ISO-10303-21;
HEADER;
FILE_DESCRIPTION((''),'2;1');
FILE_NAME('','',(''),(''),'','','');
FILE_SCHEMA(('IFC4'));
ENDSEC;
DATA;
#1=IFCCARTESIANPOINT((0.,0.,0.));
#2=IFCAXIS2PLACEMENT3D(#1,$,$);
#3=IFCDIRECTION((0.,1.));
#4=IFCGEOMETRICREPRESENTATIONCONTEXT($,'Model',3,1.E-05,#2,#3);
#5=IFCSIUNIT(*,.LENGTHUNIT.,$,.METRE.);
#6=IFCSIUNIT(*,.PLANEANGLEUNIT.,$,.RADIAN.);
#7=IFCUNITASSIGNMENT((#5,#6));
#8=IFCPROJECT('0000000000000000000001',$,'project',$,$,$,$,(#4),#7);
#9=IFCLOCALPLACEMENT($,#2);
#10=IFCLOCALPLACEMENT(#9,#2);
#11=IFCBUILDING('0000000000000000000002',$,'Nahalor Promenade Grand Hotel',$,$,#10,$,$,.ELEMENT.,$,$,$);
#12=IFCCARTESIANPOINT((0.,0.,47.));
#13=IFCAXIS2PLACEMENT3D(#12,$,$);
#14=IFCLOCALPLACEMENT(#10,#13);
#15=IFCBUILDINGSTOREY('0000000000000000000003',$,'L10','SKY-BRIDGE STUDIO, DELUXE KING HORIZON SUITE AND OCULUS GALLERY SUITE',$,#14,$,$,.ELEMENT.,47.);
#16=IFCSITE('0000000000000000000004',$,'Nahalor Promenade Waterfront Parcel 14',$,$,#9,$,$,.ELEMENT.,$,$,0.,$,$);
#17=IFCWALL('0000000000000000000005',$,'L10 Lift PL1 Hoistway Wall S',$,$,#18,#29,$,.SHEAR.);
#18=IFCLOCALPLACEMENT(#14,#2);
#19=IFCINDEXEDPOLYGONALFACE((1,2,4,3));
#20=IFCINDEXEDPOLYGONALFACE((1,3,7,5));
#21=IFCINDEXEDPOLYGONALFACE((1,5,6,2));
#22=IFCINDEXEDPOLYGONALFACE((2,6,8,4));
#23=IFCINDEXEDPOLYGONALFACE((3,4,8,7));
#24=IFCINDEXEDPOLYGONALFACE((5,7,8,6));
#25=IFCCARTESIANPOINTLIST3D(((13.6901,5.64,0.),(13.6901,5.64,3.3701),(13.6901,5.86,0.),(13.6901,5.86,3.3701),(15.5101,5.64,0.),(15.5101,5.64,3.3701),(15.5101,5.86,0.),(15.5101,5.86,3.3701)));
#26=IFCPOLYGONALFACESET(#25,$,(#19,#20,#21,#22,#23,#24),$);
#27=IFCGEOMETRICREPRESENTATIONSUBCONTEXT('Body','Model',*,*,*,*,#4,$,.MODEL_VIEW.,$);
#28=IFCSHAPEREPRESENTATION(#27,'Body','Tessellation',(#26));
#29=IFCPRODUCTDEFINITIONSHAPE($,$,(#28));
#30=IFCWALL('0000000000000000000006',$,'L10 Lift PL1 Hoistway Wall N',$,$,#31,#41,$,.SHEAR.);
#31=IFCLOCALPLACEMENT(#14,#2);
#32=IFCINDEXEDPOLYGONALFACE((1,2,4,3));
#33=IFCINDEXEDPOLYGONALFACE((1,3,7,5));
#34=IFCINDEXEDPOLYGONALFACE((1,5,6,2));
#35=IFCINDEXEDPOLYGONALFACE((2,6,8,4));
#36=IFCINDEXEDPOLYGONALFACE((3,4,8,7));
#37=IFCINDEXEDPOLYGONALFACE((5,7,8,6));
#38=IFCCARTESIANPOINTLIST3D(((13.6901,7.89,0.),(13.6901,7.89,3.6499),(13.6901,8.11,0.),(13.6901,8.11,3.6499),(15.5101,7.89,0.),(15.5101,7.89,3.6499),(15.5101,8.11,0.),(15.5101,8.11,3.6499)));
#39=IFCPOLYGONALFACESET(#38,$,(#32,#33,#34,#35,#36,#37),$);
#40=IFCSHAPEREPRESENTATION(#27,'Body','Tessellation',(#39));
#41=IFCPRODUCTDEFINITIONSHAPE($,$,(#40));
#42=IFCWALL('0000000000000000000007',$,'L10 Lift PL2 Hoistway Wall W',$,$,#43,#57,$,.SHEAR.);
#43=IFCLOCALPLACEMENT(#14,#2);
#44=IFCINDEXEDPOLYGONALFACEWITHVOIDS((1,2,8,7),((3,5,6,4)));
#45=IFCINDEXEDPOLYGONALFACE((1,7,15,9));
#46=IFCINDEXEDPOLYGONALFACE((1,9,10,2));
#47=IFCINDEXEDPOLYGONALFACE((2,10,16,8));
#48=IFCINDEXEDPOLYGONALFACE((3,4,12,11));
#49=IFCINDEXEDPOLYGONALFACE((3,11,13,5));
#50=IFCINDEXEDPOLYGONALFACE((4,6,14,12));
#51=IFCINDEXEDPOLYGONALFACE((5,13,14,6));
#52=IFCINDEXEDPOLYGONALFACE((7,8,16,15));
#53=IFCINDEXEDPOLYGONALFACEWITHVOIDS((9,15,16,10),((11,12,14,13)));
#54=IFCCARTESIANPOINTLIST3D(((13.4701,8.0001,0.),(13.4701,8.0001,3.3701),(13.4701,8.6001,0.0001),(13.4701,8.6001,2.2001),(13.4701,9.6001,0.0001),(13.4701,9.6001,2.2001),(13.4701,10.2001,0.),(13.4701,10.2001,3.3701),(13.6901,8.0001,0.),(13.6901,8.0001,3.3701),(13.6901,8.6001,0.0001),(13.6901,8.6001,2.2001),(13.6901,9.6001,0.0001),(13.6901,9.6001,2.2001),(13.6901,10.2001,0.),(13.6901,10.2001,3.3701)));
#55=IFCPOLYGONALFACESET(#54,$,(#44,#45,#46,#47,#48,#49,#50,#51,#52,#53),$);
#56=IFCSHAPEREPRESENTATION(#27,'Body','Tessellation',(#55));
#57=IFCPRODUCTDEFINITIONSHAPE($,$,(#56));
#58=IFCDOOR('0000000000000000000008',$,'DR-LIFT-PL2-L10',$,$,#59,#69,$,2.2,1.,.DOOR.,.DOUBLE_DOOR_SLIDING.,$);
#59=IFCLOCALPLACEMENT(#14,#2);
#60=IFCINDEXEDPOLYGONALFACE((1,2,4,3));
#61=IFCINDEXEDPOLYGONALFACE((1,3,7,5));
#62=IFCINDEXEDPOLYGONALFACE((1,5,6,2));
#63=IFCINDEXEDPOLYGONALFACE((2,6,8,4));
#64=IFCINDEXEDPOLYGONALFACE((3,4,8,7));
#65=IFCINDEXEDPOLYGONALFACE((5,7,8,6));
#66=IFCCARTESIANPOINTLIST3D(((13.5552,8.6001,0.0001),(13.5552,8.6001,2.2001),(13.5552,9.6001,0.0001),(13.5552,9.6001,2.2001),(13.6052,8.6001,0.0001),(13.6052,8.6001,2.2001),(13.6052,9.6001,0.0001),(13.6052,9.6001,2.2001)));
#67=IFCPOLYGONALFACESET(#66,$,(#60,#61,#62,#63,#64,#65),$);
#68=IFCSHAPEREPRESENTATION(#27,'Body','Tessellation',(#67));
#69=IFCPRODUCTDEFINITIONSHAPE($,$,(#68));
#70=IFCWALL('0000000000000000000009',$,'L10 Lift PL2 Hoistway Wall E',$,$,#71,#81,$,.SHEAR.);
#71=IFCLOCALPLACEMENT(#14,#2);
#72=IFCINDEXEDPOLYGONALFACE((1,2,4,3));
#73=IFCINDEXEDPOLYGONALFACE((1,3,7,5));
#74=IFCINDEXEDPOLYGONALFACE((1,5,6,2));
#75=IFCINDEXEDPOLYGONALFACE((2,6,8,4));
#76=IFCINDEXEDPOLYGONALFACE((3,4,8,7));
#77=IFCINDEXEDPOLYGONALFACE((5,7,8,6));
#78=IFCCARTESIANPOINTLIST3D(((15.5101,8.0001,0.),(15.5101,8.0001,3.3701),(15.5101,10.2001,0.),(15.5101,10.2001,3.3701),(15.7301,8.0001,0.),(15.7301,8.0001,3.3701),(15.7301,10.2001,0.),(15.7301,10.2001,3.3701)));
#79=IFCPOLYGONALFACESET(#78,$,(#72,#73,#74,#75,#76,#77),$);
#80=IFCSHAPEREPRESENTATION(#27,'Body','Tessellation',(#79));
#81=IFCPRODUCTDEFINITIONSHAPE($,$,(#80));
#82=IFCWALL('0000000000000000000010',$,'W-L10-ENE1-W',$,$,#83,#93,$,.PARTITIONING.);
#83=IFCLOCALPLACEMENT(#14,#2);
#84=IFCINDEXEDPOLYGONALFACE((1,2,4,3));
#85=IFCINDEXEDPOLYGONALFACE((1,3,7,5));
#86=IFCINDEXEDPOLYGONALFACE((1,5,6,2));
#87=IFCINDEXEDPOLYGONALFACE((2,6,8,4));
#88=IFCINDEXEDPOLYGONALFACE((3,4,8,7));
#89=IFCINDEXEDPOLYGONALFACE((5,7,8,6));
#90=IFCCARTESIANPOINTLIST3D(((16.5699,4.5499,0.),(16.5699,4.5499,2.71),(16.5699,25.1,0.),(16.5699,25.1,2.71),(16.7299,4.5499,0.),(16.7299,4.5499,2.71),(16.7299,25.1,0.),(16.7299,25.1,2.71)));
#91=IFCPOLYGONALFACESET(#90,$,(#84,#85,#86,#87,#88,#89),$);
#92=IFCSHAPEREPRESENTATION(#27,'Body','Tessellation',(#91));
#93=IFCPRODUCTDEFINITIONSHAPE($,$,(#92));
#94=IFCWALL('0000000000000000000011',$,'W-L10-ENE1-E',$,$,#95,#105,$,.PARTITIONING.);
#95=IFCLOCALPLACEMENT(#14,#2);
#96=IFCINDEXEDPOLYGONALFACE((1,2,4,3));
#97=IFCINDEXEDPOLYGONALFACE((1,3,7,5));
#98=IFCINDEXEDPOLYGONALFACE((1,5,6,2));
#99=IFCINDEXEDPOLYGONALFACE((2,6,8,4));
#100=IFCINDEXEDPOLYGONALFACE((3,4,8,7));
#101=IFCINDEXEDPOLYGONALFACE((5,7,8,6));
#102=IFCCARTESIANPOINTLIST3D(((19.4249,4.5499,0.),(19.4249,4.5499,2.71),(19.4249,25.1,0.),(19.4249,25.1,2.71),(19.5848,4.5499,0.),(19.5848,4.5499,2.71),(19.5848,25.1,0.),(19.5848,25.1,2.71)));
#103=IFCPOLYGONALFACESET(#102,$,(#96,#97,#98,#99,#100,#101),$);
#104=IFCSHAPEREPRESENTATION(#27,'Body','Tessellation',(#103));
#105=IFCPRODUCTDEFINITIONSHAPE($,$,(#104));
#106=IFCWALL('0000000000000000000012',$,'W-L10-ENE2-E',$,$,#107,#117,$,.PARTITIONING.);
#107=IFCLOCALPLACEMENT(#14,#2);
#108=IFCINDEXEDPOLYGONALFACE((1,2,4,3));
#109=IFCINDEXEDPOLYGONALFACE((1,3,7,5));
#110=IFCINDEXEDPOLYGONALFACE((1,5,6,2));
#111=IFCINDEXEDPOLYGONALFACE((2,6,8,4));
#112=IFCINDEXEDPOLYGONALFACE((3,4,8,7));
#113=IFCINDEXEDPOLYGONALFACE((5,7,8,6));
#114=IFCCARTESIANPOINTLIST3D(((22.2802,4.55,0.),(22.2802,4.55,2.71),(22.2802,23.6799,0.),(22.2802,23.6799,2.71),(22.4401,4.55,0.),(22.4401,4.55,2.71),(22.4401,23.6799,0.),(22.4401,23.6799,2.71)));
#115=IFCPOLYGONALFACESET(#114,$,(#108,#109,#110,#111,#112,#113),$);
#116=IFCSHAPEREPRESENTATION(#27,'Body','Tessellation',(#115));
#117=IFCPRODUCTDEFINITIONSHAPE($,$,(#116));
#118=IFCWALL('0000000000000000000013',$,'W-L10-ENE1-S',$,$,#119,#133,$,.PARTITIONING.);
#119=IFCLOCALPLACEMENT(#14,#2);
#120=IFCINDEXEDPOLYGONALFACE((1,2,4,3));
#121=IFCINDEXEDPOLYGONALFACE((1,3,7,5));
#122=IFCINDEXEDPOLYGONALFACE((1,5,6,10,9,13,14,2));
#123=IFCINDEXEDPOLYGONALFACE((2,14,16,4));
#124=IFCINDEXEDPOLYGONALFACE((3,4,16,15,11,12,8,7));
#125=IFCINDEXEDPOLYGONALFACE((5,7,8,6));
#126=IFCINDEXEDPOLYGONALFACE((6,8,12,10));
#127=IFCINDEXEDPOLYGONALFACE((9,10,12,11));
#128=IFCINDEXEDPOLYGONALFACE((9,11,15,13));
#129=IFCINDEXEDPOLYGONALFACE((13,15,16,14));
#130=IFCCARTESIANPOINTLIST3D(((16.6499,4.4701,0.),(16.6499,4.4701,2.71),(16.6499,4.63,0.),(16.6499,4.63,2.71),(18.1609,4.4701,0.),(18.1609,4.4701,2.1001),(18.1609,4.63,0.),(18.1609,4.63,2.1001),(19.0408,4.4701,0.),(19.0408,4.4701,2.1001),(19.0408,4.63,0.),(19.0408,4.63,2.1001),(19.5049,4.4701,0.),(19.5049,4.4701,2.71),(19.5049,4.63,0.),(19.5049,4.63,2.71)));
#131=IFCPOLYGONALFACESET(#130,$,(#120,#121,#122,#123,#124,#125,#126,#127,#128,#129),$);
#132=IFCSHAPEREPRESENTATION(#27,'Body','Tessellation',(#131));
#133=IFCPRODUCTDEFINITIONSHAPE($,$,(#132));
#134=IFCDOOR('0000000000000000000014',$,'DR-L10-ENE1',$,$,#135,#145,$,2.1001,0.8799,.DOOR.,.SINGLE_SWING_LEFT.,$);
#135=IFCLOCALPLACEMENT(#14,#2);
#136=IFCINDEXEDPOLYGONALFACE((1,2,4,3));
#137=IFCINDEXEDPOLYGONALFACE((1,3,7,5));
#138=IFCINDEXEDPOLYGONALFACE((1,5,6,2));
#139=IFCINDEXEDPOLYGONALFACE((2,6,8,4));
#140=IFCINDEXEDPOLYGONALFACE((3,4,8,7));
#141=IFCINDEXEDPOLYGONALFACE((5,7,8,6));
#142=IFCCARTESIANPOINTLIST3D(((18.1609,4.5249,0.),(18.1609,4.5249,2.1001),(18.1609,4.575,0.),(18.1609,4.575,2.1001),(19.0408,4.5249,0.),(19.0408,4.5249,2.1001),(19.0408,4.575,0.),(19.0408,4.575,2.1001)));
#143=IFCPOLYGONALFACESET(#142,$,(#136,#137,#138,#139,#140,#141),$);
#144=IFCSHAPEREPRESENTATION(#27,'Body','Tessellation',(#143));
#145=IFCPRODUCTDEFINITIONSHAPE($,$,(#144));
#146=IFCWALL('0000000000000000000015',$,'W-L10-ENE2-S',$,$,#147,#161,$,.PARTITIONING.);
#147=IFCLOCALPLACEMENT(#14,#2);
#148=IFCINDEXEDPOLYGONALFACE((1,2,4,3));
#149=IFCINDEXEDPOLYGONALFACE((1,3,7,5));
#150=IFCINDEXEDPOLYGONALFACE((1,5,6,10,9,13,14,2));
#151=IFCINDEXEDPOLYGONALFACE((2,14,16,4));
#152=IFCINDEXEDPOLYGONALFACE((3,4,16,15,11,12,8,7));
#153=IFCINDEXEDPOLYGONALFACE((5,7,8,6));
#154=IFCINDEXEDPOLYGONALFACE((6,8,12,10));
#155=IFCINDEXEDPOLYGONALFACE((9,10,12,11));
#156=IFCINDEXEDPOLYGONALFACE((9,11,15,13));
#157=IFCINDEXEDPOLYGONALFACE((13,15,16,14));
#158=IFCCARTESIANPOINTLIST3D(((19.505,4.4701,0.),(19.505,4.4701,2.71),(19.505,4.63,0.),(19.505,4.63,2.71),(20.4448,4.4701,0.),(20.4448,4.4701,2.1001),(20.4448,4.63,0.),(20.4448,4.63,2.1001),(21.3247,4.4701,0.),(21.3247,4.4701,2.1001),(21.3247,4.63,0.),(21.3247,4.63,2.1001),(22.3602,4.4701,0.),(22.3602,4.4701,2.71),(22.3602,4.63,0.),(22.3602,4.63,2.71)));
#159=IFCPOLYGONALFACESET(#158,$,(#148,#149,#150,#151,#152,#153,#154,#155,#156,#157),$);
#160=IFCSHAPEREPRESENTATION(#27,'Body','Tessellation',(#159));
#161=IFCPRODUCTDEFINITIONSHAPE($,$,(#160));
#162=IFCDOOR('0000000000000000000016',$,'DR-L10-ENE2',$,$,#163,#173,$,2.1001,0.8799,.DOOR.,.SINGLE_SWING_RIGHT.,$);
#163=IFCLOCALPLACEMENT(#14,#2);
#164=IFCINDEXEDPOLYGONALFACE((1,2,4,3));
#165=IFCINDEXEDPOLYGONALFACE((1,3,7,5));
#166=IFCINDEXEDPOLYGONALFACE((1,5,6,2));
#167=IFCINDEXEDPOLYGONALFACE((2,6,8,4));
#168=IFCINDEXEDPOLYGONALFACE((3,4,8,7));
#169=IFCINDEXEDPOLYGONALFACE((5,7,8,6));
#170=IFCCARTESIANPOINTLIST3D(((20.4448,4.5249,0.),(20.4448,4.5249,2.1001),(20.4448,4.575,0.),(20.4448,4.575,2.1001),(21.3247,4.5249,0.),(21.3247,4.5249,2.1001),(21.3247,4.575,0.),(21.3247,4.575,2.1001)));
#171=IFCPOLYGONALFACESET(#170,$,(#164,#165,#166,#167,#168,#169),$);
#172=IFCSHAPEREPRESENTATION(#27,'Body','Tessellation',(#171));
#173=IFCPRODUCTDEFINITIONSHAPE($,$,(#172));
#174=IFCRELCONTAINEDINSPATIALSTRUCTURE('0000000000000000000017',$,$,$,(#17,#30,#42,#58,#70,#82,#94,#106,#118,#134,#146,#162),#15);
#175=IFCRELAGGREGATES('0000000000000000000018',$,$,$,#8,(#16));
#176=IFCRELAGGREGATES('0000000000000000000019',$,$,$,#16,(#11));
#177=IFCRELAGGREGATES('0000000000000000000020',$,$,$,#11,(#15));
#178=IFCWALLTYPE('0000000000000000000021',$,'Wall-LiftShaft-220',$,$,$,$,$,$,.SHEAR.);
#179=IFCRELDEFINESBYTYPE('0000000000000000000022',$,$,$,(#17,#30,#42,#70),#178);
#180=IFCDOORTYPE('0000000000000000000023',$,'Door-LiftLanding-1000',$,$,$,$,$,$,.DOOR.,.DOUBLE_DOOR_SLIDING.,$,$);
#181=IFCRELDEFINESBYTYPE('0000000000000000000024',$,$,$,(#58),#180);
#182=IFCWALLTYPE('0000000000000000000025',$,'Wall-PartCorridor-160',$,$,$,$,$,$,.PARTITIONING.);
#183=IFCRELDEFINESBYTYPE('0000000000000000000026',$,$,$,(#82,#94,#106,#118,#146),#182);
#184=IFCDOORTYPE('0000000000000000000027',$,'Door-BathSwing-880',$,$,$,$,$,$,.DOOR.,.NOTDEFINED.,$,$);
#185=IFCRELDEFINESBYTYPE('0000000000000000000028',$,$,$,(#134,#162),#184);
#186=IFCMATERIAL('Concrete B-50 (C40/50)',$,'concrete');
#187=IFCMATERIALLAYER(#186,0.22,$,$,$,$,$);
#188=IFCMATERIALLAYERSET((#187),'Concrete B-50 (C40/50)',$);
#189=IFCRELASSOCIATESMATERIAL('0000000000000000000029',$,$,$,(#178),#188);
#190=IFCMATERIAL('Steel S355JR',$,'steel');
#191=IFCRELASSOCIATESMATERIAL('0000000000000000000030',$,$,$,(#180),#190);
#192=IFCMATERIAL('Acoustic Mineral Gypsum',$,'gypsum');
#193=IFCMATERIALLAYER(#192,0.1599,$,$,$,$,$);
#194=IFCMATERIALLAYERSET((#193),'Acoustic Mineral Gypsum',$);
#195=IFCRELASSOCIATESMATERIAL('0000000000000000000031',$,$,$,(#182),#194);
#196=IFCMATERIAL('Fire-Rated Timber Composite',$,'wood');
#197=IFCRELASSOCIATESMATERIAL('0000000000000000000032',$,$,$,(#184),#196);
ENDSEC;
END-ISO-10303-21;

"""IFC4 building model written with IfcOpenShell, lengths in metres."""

from ifc_helpers import new_model, si_unit, direction, frame, frame_2d, origin, place, context, subcontext, project, spatial, rectangle, extrude, source, transform, mapped, material, layer, layer_set, type_object, element, fill, save


model = new_model("IFC4")

# Units and contexts
model_context = context("Model", 3, precision=1e-05, world=origin(), true_north=direction((0.0, 1.0)))
body_context = subcontext(model_context, "Body", "Model", "MODEL_VIEW")
ifc_project = project(units=[si_unit("LENGTHUNIT", "METRE"), si_unit("PLANEANGLEUNIT", "RADIAN")], contexts=[model_context])

# Site, building, storey
site_placement = place(None, origin())
site = spatial("IfcSite", under=ifc_project, at=site_placement, Name="Nahalor Promenade Waterfront Parcel 14", CompositionType="ELEMENT", RefElevation=0.0)
building_placement = place(site_placement, origin())
building = spatial("IfcBuilding", under=site, at=building_placement, Name="Nahalor Promenade Grand Hotel", CompositionType="ELEMENT")
storey_placement = place(building_placement, frame((0.0, 0.0, 47.0)))
storey = spatial("IfcBuildingStorey", under=building, at=storey_placement, Name="L10", Description="SKY-BRIDGE STUDIO, DELUXE KING HORIZON SUITE AND OCULUS GALLERY SUITE", CompositionType="ELEMENT", Elevation=47.0)

# Shared definitions
ifc_material_1 = material(Name="Steel S355JR", Category="steel")

# Walls
ifc_material_2 = material(Name="Concrete B-50 (C40/50)", Category="concrete")
ifc_layer_1 = layer(ifc_material_2, 0.22)
ifc_layer_set_1 = layer_set([ifc_layer_1], Name="Concrete B-50 (C40/50)")
wall_type_1 = type_object("IfcWallType", Name="Wall-LiftShaft-220", PredefinedType="SHEAR", material=ifc_layer_set_1)
shared_shape_1 = source(origin(), body_context, "Body", "SweptSolid", [
    extrude(rectangle(XDim=1.8201, YDim=0.22, at=frame_2d((0.9102, 0.0))), origin(), (0.0, 0.0, 1.0), 3.3701),
])
wall_1_placement = place(storey_placement, frame((13.6899, 5.75, 0.0), z_axis=(0.0, 0.0, 1.0), x_axis=(1.0, 0.0, 0.0)))
element("IfcWall", 1, at=wall_1_placement, inside=storey, type_object=wall_type_1, Name="L10 Lift PL1 Hoistway Wall S", PredefinedType="SHEAR", context=body_context, shape_type="MappedRepresentation", body=[
    mapped(shared_shape_1, transform((0.0, 0.0, 0.0), scale=1.0)),
])
shared_shape_2 = source(origin(), body_context, "Body", "SweptSolid", [
    extrude(rectangle(XDim=1.8201, YDim=0.22, at=frame_2d((0.9102, 0.0))), origin(), (0.0, 0.0, 1.0), 3.6499),
])
wall_2_placement = place(storey_placement, frame((13.6899, 8.0, 0.0), z_axis=(0.0, 0.0, 1.0), x_axis=(1.0, 0.0, 0.0)))
element("IfcWall", 2, at=wall_2_placement, inside=storey, type_object=wall_type_1, Name="L10 Lift PL1 Hoistway Wall N", PredefinedType="SHEAR", context=body_context, shape_type="MappedRepresentation", body=[
    mapped(shared_shape_2, transform((0.0, 0.0, 0.0), scale=1.0)),
])

# Wall, opening, door
shared_shape_3 = source(origin(), body_context, "Body", "SweptSolid", [
    extrude(rectangle(XDim=2.2, YDim=0.22, at=frame_2d((1.1001, 0.0))), origin(), (0.0, 0.0, 1.0), 3.3701),
])
wall_3_placement = place(storey_placement, frame((13.5801, 8.0, 0.0), z_axis=(0.0, 0.0, 1.0), x_axis=(0.0, 1.0, 0.0)))
wall_3 = element("IfcWall", 3, at=wall_3_placement, inside=storey, type_object=wall_type_1, Name="L10 Lift PL2 Hoistway Wall W", PredefinedType="SHEAR", context=body_context, shape_type="MappedRepresentation", body=[
    mapped(shared_shape_3, transform((0.0, 0.0, 0.0), scale=1.0)),
])
opening_1_placement = place(wall_3_placement, frame((0.6001, 0.0, 0.0)))
opening_1 = element("IfcOpeningElement", 4, at=opening_1_placement, cuts=wall_3, PredefinedType="OPENING", context=body_context, shape_type="SweptSolid", body=[
    extrude(rectangle(XDim=1.0, YDim=2.2, at=frame_2d((0.5, 1.1001))), frame((0.0, 0.1199, 0.0), z_axis=(0.0, -1.0, 0.0), x_axis=(1.0, 0.0, 0.0)), (0.0, 0.0, 1.0), 0.24),
])
door_type_1 = type_object("IfcDoorType", Name="Door-LiftLanding-1000", OperationType="DOUBLE_DOOR_SLIDING", PredefinedType="DOOR", material=ifc_material_1)
shared_shape_4 = source(origin(), body_context, "Body", "SweptSolid", [
    extrude(rectangle(XDim=1.0, YDim=2.2, at=frame_2d((0.5, 1.1001))), frame((0.0, 0.0249, 0.0), z_axis=(0.0, -1.0, 0.0), x_axis=(1.0, 0.0, 0.0)), (0.0, 0.0, 1.0), 0.05),
])
door_1_placement = place(opening_1_placement, origin())
door_1 = element("IfcDoor", 5, at=door_1_placement, inside=storey, type_object=door_type_1, Name="DR-LIFT-PL2-L10", OperationType="DOUBLE_DOOR_SLIDING", OverallHeight=2.2, OverallWidth=1.0, PredefinedType="DOOR", context=body_context, shape_type="MappedRepresentation", body=[
    mapped(shared_shape_4, transform((0.0, 0.0, 0.0), scale=1.0)),
])
fill(opening_1, door_1)

# Walls
wall_4_placement = place(storey_placement, frame((15.6201, 8.0, 0.0), z_axis=(0.0, 0.0, 1.0), x_axis=(0.0, 1.0, 0.0)))
element("IfcWall", 6, at=wall_4_placement, inside=storey, type_object=wall_type_1, Name="L10 Lift PL2 Hoistway Wall E", PredefinedType="SHEAR", context=body_context, shape_type="MappedRepresentation", body=[
    mapped(shared_shape_3, transform((0.0, 0.0, 0.0), scale=1.0)),
])
ifc_material_3 = material(Name="Acoustic Mineral Gypsum", Category="gypsum")
ifc_layer_2 = layer(ifc_material_3, 0.1599)
ifc_layer_set_2 = layer_set([ifc_layer_2], Name="Acoustic Mineral Gypsum")
wall_type_2 = type_object("IfcWallType", Name="Wall-PartCorridor-160", PredefinedType="PARTITIONING", material=ifc_layer_set_2)
shared_shape_5 = source(origin(), body_context, "Body", "SweptSolid", [
    extrude(rectangle(XDim=20.55, YDim=0.1599, at=frame_2d((10.2749, 0.0))), origin(), (0.0, 0.0, 1.0), 2.71),
])
for number, where, z_axis, x_axis, name in (
    (7, (16.6499, 4.55, 0.0), (0.0, 0.0, 1.0), (0.0, 1.0, 0.0), "W-L10-ENE1-W"),
    (8, (19.5049, 4.55, 0.0), (0.0, 0.0, 1.0), (0.0, 1.0, 0.0), "W-L10-ENE1-E"),
):
    element("IfcWall", number, at=place(storey_placement, frame(where, z_axis=z_axis, x_axis=x_axis)), inside=storey, type_object=wall_type_2, Name=name, PredefinedType="PARTITIONING", context=body_context, shape_type="MappedRepresentation", body=[
        mapped(shared_shape_5, transform((0.0, 0.0, 0.0), scale=1.0)),
    ])
shared_shape_6 = source(origin(), body_context, "Body", "SweptSolid", [
    extrude(rectangle(XDim=19.1299, YDim=0.1599, at=frame_2d((9.5649, 0.0))), origin(), (0.0, 0.0, 1.0), 2.71),
])
wall_5_placement = place(storey_placement, frame((22.3601, 4.55, 0.0), z_axis=(0.0, 0.0, 1.0), x_axis=(0.0, 1.0, 0.0)))
element("IfcWall", 9, at=wall_5_placement, inside=storey, type_object=wall_type_2, Name="W-L10-ENE2-E", PredefinedType="PARTITIONING", context=body_context, shape_type="MappedRepresentation", body=[
    mapped(shared_shape_6, transform((0.0, 0.0, 0.0), scale=1.0)),
])

# Walls, openings, doors
shared_shape_7 = source(origin(), body_context, "Body", "SweptSolid", [
    extrude(rectangle(XDim=2.855, YDim=0.1599, at=frame_2d((1.4275, 0.0))), origin(), (0.0, 0.0, 1.0), 2.71),
])
wall_6_placement = place(storey_placement, frame((16.6499, 4.55, 0.0), z_axis=(0.0, 0.0, 1.0), x_axis=(1.0, 0.0, 0.0)))
wall_6 = element("IfcWall", 10, at=wall_6_placement, inside=storey, type_object=wall_type_2, Name="W-L10-ENE1-S", PredefinedType="PARTITIONING", context=body_context, shape_type="MappedRepresentation", body=[
    mapped(shared_shape_7, transform((0.0, 0.0, 0.0), scale=1.0)),
])
opening_2_placement = place(wall_6_placement, frame((1.511, 0.0, 0.0)))
opening_2 = element("IfcOpeningElement", 11, at=opening_2_placement, cuts=wall_6, PredefinedType="OPENING", context=body_context, shape_type="SweptSolid", body=[
    extrude(rectangle(XDim=0.8799, YDim=2.1001, at=frame_2d((0.4399, 1.05))), frame((0.0, 0.0898, 0.0), z_axis=(0.0, -1.0, 0.0), x_axis=(1.0, 0.0, 0.0)), (0.0, 0.0, 1.0), 0.1799),
])
ifc_material_4 = material(Name="Fire-Rated Timber Composite", Category="wood")
door_type_2 = type_object("IfcDoorType", Name="Door-BathSwing-880", OperationType="NOTDEFINED", PredefinedType="DOOR", material=ifc_material_4)
shared_shape_8 = source(origin(), body_context, "Body", "SweptSolid", [
    extrude(rectangle(XDim=0.8799, YDim=2.1001, at=frame_2d((0.4399, 1.05))), frame((0.0, 0.0249, 0.0), z_axis=(0.0, -1.0, 0.0), x_axis=(1.0, 0.0, 0.0)), (0.0, 0.0, 1.0), 0.05),
])
door_2_placement = place(opening_2_placement, origin())
door_2 = element("IfcDoor", 12, at=door_2_placement, inside=storey, type_object=door_type_2, Name="DR-L10-ENE1", OperationType="SINGLE_SWING_LEFT", OverallHeight=2.1001, OverallWidth=0.8799, PredefinedType="DOOR", context=body_context, shape_type="MappedRepresentation", body=[
    mapped(shared_shape_8, transform((0.0, 0.0, 0.0), scale=1.0)),
])
fill(opening_2, door_2)
shared_shape_9 = source(origin(), body_context, "Body", "SweptSolid", [
    extrude(rectangle(XDim=2.8552, YDim=0.1599, at=frame_2d((1.4277, 0.0))), origin(), (0.0, 0.0, 1.0), 2.71),
])
wall_7_placement = place(storey_placement, frame((19.5049, 4.55, 0.0), z_axis=(0.0, 0.0, 1.0), x_axis=(1.0, 0.0, 0.0)))
wall_7 = element("IfcWall", 13, at=wall_7_placement, inside=storey, type_object=wall_type_2, Name="W-L10-ENE2-S", PredefinedType="PARTITIONING", context=body_context, shape_type="MappedRepresentation", body=[
    mapped(shared_shape_9, transform((0.0, 0.0, 0.0), scale=1.0)),
])
opening_3_placement = place(wall_7_placement, frame((0.9399, 0.0, 0.0)))
opening_3 = element("IfcOpeningElement", 14, at=opening_3_placement, cuts=wall_7, PredefinedType="OPENING", context=body_context, shape_type="SweptSolid", body=[
    extrude(rectangle(XDim=0.8799, YDim=2.1001, at=frame_2d((0.4399, 1.05))), frame((0.0, 0.0898, 0.0), z_axis=(0.0, -1.0, 0.0), x_axis=(1.0, 0.0, 0.0)), (0.0, 0.0, 1.0), 0.1799),
])
door_3_placement = place(opening_3_placement, origin())
door_3 = element("IfcDoor", 15, at=door_3_placement, inside=storey, type_object=door_type_2, Name="DR-L10-ENE2", OperationType="SINGLE_SWING_RIGHT", OverallHeight=2.1001, OverallWidth=0.8799, PredefinedType="DOOR", context=body_context, shape_type="MappedRepresentation", body=[
    mapped(shared_shape_8, transform((0.0, 0.0, 0.0), scale=1.0)),
])
fill(opening_3, door_3)

save(model, "model.ifc")
